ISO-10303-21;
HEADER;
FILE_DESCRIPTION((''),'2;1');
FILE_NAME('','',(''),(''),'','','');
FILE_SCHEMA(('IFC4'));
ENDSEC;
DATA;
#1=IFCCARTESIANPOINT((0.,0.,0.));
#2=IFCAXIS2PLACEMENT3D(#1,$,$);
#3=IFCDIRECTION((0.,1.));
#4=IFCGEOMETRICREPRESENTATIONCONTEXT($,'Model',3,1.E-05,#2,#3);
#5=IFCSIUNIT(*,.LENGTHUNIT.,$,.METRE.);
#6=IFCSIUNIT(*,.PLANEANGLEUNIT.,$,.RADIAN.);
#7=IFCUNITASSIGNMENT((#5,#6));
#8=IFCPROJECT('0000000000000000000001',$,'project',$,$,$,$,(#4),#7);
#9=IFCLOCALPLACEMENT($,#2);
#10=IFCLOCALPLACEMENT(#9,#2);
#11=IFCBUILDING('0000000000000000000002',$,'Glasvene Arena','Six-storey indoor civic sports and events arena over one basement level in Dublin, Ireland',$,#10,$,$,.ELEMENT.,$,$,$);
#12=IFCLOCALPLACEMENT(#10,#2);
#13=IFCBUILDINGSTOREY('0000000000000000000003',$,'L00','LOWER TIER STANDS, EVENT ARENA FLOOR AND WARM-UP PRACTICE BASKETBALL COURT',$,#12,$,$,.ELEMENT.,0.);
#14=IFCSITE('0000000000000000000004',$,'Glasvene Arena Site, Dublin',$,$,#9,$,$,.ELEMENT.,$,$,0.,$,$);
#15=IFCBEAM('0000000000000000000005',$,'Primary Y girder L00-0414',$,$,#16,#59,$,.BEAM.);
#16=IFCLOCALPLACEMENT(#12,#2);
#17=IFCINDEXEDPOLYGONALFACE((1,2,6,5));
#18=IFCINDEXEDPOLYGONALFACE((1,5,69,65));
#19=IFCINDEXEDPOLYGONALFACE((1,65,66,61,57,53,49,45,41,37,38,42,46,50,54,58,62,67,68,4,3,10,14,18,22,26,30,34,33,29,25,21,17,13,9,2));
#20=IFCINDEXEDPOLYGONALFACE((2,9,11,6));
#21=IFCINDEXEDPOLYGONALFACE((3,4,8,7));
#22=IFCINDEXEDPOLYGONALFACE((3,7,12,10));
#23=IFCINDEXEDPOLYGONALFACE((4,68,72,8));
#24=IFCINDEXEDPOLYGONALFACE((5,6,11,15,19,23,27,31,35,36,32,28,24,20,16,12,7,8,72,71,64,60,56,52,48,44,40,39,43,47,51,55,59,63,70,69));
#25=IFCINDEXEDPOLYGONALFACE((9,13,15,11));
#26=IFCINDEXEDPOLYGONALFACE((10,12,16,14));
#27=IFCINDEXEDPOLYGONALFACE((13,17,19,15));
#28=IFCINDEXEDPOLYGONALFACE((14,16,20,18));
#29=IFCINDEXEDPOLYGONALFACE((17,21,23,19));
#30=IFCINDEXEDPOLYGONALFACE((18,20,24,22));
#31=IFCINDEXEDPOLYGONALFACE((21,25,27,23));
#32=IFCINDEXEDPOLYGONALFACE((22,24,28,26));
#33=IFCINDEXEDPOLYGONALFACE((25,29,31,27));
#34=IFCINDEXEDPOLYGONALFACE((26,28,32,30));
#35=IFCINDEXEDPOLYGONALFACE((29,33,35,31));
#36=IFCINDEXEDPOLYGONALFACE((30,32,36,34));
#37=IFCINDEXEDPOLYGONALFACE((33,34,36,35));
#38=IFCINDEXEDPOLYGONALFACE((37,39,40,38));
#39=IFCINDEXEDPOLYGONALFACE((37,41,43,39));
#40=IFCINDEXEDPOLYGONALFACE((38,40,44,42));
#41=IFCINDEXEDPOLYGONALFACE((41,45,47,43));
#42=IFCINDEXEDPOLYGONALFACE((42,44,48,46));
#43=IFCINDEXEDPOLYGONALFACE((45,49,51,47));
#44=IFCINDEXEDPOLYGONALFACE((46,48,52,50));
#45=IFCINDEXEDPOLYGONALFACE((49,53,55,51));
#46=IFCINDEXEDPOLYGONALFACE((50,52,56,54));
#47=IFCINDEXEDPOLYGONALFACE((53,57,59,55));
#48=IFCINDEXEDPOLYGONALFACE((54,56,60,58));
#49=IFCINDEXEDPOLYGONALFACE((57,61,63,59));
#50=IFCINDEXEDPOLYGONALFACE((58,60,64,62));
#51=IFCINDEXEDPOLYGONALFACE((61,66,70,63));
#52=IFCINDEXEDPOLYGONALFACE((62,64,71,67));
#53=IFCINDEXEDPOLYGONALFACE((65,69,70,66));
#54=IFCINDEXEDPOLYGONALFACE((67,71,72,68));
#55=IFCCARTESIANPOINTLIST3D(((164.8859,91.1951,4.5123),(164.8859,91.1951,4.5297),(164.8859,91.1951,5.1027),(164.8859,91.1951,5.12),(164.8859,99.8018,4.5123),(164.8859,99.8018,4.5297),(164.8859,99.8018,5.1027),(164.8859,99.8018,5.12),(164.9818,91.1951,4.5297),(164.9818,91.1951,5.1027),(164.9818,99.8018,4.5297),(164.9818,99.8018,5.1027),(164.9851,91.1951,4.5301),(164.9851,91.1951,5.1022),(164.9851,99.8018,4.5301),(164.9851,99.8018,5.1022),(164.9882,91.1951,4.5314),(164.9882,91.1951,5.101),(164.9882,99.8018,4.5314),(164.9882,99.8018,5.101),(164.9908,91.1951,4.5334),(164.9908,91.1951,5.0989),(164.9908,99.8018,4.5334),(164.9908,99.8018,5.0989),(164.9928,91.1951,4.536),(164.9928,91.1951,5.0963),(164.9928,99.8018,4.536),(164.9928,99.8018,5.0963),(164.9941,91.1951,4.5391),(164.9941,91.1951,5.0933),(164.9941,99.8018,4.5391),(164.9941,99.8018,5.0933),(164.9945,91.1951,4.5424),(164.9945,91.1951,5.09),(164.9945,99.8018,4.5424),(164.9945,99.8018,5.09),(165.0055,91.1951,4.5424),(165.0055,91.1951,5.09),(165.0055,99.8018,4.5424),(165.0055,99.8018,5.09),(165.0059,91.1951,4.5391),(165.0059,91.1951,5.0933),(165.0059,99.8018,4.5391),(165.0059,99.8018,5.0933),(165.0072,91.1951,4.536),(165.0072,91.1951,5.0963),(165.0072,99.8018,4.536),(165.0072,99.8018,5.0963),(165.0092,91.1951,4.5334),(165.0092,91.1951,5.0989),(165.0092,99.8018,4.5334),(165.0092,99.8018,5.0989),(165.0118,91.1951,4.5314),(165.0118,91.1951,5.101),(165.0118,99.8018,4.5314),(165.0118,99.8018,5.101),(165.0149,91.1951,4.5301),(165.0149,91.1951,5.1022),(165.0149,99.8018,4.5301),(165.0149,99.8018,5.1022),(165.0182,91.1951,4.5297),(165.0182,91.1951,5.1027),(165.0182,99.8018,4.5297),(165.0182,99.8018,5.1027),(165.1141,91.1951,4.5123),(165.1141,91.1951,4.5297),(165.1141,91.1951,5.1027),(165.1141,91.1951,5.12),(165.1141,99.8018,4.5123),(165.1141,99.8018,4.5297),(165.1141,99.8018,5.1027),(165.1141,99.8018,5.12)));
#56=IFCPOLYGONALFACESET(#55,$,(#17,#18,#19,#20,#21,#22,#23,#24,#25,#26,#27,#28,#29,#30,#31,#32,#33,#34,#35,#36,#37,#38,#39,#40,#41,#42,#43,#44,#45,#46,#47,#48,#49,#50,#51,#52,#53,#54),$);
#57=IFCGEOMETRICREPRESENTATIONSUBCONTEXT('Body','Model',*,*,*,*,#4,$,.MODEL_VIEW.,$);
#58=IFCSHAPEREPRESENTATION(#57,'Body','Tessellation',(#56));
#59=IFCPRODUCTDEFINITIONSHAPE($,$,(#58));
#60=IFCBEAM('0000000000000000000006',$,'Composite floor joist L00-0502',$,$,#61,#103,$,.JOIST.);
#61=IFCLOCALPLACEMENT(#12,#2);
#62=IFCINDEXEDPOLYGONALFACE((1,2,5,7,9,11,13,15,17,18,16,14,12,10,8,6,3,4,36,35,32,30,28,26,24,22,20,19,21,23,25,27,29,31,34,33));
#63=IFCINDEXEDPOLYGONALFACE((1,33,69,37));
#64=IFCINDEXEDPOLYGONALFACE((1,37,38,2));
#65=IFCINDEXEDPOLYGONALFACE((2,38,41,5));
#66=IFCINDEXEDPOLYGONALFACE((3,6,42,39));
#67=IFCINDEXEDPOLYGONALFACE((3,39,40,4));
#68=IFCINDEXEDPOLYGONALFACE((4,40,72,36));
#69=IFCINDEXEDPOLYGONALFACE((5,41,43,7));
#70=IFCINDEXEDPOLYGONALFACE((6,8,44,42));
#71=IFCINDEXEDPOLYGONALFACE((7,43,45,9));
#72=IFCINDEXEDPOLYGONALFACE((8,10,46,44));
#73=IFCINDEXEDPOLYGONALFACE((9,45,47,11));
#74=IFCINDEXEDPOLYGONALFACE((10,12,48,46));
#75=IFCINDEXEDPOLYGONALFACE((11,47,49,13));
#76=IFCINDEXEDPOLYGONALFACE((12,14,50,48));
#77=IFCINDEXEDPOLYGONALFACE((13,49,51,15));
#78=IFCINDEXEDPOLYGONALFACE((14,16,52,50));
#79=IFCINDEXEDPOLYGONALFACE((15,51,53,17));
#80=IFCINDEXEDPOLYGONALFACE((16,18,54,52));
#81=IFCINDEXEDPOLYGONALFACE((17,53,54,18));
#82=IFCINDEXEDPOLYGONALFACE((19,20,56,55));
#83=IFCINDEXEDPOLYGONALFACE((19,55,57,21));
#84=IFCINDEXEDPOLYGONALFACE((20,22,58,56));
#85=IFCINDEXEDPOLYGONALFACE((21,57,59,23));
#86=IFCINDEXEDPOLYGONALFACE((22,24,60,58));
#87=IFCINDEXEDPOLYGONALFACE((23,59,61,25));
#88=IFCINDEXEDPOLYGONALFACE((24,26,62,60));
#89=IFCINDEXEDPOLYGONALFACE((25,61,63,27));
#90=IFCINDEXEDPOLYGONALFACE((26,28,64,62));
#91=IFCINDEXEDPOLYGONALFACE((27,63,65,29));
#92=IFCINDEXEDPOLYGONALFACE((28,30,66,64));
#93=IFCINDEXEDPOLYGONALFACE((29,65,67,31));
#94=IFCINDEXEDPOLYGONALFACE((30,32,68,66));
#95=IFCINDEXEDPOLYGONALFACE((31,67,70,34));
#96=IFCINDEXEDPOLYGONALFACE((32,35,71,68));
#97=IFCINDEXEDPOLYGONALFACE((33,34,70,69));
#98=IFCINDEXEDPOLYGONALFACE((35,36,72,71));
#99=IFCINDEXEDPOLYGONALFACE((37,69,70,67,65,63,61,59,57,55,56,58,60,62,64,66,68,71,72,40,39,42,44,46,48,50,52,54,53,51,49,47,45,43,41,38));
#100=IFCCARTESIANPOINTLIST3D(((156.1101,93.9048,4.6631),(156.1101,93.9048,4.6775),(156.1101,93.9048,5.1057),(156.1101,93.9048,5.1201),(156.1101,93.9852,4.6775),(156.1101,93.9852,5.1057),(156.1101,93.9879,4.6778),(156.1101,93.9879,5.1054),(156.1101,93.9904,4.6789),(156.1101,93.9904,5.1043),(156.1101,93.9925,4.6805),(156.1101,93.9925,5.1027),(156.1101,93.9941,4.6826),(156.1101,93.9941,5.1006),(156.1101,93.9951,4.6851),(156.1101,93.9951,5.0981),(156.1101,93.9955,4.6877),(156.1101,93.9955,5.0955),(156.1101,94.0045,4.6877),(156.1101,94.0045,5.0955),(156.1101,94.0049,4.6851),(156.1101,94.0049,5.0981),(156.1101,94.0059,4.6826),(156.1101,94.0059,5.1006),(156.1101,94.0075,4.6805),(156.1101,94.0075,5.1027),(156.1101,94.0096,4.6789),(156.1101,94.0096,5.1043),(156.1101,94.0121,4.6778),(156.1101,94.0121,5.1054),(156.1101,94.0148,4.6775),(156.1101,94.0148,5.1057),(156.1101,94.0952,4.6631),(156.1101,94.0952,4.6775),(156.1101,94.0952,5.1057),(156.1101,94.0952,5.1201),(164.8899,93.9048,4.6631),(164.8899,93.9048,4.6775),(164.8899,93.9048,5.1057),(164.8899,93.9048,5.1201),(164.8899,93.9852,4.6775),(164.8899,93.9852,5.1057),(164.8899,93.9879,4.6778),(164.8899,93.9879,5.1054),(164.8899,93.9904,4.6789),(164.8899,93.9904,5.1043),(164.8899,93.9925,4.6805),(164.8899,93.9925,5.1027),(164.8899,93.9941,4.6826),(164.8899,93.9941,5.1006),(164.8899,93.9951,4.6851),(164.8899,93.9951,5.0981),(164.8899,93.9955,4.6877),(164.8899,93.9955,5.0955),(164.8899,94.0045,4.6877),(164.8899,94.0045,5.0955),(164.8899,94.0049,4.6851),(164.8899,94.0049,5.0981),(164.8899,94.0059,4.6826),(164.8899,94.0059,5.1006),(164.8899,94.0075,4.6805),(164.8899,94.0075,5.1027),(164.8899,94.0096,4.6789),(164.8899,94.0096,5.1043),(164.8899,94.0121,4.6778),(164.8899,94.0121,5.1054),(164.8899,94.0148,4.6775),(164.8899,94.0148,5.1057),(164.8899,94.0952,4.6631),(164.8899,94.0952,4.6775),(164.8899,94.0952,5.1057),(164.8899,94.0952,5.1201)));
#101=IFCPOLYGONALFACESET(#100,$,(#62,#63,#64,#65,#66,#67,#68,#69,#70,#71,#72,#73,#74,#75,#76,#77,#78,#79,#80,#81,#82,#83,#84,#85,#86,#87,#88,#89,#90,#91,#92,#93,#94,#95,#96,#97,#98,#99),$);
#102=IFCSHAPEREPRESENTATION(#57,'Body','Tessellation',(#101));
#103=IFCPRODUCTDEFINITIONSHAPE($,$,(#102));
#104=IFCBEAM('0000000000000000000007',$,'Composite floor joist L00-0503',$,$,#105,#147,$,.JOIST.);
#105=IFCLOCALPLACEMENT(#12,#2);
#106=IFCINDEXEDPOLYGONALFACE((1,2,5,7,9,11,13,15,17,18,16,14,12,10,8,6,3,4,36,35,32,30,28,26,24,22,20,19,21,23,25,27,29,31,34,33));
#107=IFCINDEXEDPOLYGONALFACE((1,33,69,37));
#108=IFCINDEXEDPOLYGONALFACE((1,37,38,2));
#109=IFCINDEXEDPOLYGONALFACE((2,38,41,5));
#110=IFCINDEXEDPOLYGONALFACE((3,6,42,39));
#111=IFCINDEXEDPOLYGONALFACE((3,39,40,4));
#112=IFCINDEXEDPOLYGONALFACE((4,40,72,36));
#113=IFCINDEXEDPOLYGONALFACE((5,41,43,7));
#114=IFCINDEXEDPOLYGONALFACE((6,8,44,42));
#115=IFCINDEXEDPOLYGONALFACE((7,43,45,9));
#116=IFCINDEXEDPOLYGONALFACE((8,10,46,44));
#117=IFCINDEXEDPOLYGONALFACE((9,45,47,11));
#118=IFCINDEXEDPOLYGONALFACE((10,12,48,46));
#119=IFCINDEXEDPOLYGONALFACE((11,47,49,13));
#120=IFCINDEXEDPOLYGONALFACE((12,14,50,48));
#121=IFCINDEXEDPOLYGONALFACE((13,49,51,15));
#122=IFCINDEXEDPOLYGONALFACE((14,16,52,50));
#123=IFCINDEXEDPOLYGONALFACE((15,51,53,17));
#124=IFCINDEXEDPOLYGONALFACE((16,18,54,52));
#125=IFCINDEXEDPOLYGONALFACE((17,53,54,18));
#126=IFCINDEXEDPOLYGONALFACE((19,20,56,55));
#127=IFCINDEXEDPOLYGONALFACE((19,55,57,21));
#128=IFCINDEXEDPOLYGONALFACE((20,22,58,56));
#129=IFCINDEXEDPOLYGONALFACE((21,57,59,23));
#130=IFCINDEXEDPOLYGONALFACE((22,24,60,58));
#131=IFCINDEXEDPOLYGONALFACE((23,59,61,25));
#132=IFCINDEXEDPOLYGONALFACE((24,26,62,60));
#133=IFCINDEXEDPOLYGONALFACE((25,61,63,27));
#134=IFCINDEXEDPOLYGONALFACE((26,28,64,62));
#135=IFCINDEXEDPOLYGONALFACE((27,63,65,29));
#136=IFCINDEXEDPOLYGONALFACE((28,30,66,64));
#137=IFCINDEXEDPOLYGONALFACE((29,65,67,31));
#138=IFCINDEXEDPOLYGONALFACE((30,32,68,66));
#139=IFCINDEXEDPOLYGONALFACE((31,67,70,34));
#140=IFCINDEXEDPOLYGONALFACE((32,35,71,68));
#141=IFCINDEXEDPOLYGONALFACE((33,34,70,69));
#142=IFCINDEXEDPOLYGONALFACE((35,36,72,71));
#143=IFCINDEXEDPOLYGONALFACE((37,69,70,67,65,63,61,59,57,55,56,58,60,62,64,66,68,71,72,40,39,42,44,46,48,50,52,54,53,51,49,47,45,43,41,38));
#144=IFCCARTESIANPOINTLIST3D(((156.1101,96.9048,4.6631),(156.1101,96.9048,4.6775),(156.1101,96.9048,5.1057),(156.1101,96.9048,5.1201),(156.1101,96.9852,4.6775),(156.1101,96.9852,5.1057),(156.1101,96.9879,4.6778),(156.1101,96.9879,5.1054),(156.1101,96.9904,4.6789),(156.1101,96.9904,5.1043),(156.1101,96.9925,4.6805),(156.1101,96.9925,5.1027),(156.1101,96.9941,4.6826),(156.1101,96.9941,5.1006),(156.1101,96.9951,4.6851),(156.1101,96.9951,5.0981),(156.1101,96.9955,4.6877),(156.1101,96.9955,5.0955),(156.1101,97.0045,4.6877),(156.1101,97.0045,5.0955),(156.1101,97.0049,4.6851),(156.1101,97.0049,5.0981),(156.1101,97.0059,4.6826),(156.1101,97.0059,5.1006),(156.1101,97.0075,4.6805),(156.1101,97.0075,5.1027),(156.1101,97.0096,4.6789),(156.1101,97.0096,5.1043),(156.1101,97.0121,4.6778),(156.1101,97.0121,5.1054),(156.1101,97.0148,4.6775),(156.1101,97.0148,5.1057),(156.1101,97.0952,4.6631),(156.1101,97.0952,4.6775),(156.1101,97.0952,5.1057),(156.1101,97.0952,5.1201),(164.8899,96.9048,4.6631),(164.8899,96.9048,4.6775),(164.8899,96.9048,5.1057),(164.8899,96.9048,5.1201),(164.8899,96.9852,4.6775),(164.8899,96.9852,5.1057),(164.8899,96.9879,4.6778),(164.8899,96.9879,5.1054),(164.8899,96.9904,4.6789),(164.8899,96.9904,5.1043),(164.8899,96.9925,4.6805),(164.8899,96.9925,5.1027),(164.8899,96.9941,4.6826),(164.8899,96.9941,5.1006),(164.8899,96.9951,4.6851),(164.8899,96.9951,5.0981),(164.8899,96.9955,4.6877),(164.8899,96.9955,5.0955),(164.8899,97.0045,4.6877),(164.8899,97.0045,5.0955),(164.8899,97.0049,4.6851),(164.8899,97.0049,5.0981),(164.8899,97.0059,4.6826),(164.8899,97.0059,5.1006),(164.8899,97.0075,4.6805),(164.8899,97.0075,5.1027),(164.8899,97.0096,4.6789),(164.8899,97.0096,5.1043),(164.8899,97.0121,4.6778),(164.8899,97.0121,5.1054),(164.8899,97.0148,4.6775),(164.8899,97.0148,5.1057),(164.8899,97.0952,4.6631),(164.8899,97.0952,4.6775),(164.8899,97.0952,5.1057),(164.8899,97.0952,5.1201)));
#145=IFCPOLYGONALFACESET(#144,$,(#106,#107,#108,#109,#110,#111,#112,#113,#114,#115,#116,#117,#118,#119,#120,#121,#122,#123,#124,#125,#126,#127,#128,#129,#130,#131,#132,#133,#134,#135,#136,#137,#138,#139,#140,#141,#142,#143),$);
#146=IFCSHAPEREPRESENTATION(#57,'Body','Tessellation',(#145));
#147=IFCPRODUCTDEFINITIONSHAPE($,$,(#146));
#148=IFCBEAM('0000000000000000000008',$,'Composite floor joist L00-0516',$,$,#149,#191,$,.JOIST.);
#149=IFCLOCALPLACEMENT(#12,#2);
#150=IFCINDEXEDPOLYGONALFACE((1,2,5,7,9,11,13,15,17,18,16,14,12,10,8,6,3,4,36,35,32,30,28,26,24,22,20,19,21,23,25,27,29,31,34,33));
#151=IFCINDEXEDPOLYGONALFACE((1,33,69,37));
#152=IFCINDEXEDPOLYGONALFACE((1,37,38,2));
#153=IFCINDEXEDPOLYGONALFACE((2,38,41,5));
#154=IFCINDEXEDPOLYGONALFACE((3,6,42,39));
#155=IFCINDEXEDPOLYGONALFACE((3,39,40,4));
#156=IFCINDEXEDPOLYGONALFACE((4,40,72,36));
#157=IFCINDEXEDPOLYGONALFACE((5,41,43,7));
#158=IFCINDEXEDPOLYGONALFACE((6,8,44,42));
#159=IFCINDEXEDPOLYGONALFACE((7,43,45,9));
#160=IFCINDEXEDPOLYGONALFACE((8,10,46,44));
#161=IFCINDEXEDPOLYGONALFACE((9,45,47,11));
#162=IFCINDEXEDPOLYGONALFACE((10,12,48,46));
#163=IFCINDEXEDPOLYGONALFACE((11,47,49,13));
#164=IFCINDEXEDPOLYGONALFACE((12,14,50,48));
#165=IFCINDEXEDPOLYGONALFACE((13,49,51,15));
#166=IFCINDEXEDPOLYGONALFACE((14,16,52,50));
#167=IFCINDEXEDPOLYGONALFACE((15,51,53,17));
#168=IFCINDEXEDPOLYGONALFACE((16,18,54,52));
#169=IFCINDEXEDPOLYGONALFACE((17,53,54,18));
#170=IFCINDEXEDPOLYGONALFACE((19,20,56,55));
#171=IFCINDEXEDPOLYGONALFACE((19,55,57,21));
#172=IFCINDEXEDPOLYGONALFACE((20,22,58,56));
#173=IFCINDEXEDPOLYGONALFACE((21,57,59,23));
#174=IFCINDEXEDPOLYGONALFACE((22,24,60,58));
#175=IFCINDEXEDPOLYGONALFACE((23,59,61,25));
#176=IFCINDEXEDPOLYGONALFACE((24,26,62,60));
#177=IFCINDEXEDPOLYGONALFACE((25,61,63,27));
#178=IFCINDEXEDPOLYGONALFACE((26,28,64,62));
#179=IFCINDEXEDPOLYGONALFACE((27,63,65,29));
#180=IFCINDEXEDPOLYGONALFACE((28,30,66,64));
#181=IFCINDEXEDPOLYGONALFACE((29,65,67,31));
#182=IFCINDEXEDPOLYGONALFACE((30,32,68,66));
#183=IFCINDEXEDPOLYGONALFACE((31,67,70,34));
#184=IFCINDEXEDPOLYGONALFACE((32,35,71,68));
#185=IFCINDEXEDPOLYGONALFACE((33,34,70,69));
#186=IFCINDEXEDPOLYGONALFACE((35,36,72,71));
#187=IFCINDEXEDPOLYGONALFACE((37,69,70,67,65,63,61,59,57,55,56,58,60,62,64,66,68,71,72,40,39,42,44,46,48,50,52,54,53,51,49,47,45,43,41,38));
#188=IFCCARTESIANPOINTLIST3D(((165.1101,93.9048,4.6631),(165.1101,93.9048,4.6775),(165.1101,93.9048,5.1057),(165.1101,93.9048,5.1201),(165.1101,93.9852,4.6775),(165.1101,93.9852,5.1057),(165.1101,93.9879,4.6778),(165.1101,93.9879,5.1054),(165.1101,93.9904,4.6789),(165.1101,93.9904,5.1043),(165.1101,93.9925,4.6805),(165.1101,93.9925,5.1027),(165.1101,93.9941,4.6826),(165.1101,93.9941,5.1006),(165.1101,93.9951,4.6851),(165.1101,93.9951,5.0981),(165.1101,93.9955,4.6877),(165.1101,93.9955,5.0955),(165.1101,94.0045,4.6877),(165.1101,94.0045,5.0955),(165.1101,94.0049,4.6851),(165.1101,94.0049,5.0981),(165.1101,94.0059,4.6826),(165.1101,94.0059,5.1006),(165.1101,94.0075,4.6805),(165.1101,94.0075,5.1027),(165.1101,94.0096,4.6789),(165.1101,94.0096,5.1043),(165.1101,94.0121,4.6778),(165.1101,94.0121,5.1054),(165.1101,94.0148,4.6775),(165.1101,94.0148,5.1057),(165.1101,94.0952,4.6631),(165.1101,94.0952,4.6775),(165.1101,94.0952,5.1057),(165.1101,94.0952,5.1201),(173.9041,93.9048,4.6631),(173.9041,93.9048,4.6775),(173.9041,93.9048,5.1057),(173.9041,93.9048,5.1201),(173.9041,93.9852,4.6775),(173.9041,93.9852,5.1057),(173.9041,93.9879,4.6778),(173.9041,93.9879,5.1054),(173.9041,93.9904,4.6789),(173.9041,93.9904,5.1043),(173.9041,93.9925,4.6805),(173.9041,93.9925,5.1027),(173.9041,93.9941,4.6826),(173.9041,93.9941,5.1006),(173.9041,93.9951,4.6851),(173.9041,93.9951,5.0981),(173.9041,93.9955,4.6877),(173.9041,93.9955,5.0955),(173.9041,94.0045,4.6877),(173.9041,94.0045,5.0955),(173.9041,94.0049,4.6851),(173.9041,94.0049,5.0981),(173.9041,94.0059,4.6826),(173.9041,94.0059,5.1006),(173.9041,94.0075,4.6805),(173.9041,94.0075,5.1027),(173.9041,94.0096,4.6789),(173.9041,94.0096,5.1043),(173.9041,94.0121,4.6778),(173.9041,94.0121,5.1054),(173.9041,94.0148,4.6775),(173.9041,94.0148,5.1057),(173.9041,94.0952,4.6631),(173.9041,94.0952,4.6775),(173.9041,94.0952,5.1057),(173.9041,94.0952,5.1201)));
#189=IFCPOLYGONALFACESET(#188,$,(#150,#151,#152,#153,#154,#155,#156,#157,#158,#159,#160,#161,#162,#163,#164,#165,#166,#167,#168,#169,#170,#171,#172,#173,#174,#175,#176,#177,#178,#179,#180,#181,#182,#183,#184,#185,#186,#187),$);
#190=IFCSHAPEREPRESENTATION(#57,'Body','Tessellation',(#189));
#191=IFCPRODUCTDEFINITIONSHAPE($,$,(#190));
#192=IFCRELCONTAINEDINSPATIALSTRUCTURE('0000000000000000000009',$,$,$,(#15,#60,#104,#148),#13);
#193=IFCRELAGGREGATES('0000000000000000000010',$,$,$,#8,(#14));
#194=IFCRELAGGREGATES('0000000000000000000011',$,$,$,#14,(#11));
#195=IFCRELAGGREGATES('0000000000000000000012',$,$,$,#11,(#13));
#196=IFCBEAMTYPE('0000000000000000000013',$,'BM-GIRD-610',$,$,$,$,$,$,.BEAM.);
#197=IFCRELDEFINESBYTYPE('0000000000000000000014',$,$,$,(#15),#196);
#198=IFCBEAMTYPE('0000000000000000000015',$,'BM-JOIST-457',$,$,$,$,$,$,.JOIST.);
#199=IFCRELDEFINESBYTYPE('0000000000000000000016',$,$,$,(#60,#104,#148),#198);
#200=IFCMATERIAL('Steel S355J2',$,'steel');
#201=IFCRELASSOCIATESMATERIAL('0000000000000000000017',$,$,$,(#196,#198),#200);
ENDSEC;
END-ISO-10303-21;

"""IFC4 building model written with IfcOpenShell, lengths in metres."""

from ifc_helpers import new_model, si_unit, direction, frame, origin, origin_2d, place, context, subcontext, project, spatial, i_section, extrude, material, material_profile, profile_set, type_object, element, save


model = new_model("IFC4")

# Units and contexts
model_context = context("Model", 3, precision=1e-05, world=origin(), true_north=direction((0.0, 1.0)))
body_context = subcontext(model_context, "Body", "Model", "MODEL_VIEW")
ifc_project = project(units=[si_unit("LENGTHUNIT", "METRE"), si_unit("PLANEANGLEUNIT", "RADIAN")], contexts=[model_context])

# Site, building, storey
site_placement = place(None, origin())
site = spatial("IfcSite", under=ifc_project, at=site_placement, Name="Glasvene Arena Site, Dublin", CompositionType="ELEMENT", RefElevation=0.0)
building_placement = place(site_placement, origin())
building = spatial("IfcBuilding", under=site, at=building_placement, Name="Glasvene Arena", Description="Six-storey indoor civic sports and events arena over one basement level in Dublin, Ireland", CompositionType="ELEMENT")
storey_placement = place(building_placement, origin())
storey = spatial("IfcBuildingStorey", under=building, at=storey_placement, Name="L00", Description="LOWER TIER STANDS, EVENT ARENA FLOOR AND WARM-UP PRACTICE BASKETBALL COURT", CompositionType="ELEMENT", Elevation=0.0)

# Shared definitions
ifc_material_1 = material(Name="Steel S355J2", Category="steel")

# Beams
ifc_material_profile_1 = material_profile(ifc_material_1, i_section(OverallWidth=0.2283, OverallDepth=0.6077, WebThickness=0.011, FlangeThickness=0.0173, FilletRadius=0.0127, at=origin_2d()), Name="UKB 610x229x113")
ifc_profile_set_1 = profile_set([ifc_material_profile_1], Name="Steel S355J2")
beam_type_1 = type_object("IfcBeamType", Name="BM-GIRD-610", PredefinedType="BEAM", material=ifc_profile_set_1)
beam_1_placement = place(storey_placement, frame((165.0, 91.1951, 4.8162), z_axis=(0.0, 1.0, 0.0), x_axis=(-1.0, 0.0, 0.0)))
element("IfcBeam", 1, at=beam_1_placement, inside=storey, type_object=beam_type_1, Name="Primary Y girder L00-0414", PredefinedType="BEAM", context=body_context, shape_type="SweptSolid", body=[
    extrude(i_section(OverallWidth=0.2283, OverallDepth=0.6077, WebThickness=0.011, FlangeThickness=0.0173, FilletRadius=0.0127, at=origin_2d()), origin(), (0.0, 0.0, 1.0), 8.6067),
])
ifc_material_profile_2 = material_profile(ifc_material_1, i_section(OverallWidth=0.1904, OverallDepth=0.457, WebThickness=0.009, FlangeThickness=0.0144, FilletRadius=0.0103, at=origin_2d()), Name="UKB 457x191x74")
ifc_profile_set_2 = profile_set([ifc_material_profile_2], Name="Steel S355J2")
beam_type_2 = type_object("IfcBeamType", Name="BM-JOIST-457", PredefinedType="JOIST", material=ifc_profile_set_2)
for number, where, z_axis, x_axis, name in (
    (2, (156.1101, 94.0, 4.8916), (1.0, 0.0, 0.0), (0.0, 1.0, 0.0), "Composite floor joist L00-0502"),
    (3, (156.1101, 97.0, 4.8916), (1.0, 0.0, 0.0), (0.0, 1.0, 0.0), "Composite floor joist L00-0503"),
):
    element("IfcBeam", number, at=place(storey_placement, frame(where, z_axis=z_axis, x_axis=x_axis)), inside=storey, type_object=beam_type_2, Name=name, PredefinedType="JOIST", context=body_context, shape_type="SweptSolid", body=[
        extrude(i_section(OverallWidth=0.1904, OverallDepth=0.457, WebThickness=0.009, FlangeThickness=0.0144, FilletRadius=0.0103, at=origin_2d()), origin(), (0.0, 0.0, 1.0), 8.7798),
    ])
for number, where, z_axis, x_axis, name in (
    (4, (165.1101, 94.0, 4.8916), (1.0, 0.0, 0.0), (0.0, 1.0, 0.0), "Composite floor joist L00-0516"),
):
    element("IfcBeam", number, at=place(storey_placement, frame(where, z_axis=z_axis, x_axis=x_axis)), inside=storey, type_object=beam_type_2, Name=name, PredefinedType="JOIST", context=body_context, shape_type="SweptSolid", body=[
        extrude(i_section(OverallWidth=0.1904, OverallDepth=0.457, WebThickness=0.009, FlangeThickness=0.0144, FilletRadius=0.0103, at=origin_2d()), origin(), (0.0, 0.0, 1.0), 8.7939),
    ])

save(model, "model.ifc")
